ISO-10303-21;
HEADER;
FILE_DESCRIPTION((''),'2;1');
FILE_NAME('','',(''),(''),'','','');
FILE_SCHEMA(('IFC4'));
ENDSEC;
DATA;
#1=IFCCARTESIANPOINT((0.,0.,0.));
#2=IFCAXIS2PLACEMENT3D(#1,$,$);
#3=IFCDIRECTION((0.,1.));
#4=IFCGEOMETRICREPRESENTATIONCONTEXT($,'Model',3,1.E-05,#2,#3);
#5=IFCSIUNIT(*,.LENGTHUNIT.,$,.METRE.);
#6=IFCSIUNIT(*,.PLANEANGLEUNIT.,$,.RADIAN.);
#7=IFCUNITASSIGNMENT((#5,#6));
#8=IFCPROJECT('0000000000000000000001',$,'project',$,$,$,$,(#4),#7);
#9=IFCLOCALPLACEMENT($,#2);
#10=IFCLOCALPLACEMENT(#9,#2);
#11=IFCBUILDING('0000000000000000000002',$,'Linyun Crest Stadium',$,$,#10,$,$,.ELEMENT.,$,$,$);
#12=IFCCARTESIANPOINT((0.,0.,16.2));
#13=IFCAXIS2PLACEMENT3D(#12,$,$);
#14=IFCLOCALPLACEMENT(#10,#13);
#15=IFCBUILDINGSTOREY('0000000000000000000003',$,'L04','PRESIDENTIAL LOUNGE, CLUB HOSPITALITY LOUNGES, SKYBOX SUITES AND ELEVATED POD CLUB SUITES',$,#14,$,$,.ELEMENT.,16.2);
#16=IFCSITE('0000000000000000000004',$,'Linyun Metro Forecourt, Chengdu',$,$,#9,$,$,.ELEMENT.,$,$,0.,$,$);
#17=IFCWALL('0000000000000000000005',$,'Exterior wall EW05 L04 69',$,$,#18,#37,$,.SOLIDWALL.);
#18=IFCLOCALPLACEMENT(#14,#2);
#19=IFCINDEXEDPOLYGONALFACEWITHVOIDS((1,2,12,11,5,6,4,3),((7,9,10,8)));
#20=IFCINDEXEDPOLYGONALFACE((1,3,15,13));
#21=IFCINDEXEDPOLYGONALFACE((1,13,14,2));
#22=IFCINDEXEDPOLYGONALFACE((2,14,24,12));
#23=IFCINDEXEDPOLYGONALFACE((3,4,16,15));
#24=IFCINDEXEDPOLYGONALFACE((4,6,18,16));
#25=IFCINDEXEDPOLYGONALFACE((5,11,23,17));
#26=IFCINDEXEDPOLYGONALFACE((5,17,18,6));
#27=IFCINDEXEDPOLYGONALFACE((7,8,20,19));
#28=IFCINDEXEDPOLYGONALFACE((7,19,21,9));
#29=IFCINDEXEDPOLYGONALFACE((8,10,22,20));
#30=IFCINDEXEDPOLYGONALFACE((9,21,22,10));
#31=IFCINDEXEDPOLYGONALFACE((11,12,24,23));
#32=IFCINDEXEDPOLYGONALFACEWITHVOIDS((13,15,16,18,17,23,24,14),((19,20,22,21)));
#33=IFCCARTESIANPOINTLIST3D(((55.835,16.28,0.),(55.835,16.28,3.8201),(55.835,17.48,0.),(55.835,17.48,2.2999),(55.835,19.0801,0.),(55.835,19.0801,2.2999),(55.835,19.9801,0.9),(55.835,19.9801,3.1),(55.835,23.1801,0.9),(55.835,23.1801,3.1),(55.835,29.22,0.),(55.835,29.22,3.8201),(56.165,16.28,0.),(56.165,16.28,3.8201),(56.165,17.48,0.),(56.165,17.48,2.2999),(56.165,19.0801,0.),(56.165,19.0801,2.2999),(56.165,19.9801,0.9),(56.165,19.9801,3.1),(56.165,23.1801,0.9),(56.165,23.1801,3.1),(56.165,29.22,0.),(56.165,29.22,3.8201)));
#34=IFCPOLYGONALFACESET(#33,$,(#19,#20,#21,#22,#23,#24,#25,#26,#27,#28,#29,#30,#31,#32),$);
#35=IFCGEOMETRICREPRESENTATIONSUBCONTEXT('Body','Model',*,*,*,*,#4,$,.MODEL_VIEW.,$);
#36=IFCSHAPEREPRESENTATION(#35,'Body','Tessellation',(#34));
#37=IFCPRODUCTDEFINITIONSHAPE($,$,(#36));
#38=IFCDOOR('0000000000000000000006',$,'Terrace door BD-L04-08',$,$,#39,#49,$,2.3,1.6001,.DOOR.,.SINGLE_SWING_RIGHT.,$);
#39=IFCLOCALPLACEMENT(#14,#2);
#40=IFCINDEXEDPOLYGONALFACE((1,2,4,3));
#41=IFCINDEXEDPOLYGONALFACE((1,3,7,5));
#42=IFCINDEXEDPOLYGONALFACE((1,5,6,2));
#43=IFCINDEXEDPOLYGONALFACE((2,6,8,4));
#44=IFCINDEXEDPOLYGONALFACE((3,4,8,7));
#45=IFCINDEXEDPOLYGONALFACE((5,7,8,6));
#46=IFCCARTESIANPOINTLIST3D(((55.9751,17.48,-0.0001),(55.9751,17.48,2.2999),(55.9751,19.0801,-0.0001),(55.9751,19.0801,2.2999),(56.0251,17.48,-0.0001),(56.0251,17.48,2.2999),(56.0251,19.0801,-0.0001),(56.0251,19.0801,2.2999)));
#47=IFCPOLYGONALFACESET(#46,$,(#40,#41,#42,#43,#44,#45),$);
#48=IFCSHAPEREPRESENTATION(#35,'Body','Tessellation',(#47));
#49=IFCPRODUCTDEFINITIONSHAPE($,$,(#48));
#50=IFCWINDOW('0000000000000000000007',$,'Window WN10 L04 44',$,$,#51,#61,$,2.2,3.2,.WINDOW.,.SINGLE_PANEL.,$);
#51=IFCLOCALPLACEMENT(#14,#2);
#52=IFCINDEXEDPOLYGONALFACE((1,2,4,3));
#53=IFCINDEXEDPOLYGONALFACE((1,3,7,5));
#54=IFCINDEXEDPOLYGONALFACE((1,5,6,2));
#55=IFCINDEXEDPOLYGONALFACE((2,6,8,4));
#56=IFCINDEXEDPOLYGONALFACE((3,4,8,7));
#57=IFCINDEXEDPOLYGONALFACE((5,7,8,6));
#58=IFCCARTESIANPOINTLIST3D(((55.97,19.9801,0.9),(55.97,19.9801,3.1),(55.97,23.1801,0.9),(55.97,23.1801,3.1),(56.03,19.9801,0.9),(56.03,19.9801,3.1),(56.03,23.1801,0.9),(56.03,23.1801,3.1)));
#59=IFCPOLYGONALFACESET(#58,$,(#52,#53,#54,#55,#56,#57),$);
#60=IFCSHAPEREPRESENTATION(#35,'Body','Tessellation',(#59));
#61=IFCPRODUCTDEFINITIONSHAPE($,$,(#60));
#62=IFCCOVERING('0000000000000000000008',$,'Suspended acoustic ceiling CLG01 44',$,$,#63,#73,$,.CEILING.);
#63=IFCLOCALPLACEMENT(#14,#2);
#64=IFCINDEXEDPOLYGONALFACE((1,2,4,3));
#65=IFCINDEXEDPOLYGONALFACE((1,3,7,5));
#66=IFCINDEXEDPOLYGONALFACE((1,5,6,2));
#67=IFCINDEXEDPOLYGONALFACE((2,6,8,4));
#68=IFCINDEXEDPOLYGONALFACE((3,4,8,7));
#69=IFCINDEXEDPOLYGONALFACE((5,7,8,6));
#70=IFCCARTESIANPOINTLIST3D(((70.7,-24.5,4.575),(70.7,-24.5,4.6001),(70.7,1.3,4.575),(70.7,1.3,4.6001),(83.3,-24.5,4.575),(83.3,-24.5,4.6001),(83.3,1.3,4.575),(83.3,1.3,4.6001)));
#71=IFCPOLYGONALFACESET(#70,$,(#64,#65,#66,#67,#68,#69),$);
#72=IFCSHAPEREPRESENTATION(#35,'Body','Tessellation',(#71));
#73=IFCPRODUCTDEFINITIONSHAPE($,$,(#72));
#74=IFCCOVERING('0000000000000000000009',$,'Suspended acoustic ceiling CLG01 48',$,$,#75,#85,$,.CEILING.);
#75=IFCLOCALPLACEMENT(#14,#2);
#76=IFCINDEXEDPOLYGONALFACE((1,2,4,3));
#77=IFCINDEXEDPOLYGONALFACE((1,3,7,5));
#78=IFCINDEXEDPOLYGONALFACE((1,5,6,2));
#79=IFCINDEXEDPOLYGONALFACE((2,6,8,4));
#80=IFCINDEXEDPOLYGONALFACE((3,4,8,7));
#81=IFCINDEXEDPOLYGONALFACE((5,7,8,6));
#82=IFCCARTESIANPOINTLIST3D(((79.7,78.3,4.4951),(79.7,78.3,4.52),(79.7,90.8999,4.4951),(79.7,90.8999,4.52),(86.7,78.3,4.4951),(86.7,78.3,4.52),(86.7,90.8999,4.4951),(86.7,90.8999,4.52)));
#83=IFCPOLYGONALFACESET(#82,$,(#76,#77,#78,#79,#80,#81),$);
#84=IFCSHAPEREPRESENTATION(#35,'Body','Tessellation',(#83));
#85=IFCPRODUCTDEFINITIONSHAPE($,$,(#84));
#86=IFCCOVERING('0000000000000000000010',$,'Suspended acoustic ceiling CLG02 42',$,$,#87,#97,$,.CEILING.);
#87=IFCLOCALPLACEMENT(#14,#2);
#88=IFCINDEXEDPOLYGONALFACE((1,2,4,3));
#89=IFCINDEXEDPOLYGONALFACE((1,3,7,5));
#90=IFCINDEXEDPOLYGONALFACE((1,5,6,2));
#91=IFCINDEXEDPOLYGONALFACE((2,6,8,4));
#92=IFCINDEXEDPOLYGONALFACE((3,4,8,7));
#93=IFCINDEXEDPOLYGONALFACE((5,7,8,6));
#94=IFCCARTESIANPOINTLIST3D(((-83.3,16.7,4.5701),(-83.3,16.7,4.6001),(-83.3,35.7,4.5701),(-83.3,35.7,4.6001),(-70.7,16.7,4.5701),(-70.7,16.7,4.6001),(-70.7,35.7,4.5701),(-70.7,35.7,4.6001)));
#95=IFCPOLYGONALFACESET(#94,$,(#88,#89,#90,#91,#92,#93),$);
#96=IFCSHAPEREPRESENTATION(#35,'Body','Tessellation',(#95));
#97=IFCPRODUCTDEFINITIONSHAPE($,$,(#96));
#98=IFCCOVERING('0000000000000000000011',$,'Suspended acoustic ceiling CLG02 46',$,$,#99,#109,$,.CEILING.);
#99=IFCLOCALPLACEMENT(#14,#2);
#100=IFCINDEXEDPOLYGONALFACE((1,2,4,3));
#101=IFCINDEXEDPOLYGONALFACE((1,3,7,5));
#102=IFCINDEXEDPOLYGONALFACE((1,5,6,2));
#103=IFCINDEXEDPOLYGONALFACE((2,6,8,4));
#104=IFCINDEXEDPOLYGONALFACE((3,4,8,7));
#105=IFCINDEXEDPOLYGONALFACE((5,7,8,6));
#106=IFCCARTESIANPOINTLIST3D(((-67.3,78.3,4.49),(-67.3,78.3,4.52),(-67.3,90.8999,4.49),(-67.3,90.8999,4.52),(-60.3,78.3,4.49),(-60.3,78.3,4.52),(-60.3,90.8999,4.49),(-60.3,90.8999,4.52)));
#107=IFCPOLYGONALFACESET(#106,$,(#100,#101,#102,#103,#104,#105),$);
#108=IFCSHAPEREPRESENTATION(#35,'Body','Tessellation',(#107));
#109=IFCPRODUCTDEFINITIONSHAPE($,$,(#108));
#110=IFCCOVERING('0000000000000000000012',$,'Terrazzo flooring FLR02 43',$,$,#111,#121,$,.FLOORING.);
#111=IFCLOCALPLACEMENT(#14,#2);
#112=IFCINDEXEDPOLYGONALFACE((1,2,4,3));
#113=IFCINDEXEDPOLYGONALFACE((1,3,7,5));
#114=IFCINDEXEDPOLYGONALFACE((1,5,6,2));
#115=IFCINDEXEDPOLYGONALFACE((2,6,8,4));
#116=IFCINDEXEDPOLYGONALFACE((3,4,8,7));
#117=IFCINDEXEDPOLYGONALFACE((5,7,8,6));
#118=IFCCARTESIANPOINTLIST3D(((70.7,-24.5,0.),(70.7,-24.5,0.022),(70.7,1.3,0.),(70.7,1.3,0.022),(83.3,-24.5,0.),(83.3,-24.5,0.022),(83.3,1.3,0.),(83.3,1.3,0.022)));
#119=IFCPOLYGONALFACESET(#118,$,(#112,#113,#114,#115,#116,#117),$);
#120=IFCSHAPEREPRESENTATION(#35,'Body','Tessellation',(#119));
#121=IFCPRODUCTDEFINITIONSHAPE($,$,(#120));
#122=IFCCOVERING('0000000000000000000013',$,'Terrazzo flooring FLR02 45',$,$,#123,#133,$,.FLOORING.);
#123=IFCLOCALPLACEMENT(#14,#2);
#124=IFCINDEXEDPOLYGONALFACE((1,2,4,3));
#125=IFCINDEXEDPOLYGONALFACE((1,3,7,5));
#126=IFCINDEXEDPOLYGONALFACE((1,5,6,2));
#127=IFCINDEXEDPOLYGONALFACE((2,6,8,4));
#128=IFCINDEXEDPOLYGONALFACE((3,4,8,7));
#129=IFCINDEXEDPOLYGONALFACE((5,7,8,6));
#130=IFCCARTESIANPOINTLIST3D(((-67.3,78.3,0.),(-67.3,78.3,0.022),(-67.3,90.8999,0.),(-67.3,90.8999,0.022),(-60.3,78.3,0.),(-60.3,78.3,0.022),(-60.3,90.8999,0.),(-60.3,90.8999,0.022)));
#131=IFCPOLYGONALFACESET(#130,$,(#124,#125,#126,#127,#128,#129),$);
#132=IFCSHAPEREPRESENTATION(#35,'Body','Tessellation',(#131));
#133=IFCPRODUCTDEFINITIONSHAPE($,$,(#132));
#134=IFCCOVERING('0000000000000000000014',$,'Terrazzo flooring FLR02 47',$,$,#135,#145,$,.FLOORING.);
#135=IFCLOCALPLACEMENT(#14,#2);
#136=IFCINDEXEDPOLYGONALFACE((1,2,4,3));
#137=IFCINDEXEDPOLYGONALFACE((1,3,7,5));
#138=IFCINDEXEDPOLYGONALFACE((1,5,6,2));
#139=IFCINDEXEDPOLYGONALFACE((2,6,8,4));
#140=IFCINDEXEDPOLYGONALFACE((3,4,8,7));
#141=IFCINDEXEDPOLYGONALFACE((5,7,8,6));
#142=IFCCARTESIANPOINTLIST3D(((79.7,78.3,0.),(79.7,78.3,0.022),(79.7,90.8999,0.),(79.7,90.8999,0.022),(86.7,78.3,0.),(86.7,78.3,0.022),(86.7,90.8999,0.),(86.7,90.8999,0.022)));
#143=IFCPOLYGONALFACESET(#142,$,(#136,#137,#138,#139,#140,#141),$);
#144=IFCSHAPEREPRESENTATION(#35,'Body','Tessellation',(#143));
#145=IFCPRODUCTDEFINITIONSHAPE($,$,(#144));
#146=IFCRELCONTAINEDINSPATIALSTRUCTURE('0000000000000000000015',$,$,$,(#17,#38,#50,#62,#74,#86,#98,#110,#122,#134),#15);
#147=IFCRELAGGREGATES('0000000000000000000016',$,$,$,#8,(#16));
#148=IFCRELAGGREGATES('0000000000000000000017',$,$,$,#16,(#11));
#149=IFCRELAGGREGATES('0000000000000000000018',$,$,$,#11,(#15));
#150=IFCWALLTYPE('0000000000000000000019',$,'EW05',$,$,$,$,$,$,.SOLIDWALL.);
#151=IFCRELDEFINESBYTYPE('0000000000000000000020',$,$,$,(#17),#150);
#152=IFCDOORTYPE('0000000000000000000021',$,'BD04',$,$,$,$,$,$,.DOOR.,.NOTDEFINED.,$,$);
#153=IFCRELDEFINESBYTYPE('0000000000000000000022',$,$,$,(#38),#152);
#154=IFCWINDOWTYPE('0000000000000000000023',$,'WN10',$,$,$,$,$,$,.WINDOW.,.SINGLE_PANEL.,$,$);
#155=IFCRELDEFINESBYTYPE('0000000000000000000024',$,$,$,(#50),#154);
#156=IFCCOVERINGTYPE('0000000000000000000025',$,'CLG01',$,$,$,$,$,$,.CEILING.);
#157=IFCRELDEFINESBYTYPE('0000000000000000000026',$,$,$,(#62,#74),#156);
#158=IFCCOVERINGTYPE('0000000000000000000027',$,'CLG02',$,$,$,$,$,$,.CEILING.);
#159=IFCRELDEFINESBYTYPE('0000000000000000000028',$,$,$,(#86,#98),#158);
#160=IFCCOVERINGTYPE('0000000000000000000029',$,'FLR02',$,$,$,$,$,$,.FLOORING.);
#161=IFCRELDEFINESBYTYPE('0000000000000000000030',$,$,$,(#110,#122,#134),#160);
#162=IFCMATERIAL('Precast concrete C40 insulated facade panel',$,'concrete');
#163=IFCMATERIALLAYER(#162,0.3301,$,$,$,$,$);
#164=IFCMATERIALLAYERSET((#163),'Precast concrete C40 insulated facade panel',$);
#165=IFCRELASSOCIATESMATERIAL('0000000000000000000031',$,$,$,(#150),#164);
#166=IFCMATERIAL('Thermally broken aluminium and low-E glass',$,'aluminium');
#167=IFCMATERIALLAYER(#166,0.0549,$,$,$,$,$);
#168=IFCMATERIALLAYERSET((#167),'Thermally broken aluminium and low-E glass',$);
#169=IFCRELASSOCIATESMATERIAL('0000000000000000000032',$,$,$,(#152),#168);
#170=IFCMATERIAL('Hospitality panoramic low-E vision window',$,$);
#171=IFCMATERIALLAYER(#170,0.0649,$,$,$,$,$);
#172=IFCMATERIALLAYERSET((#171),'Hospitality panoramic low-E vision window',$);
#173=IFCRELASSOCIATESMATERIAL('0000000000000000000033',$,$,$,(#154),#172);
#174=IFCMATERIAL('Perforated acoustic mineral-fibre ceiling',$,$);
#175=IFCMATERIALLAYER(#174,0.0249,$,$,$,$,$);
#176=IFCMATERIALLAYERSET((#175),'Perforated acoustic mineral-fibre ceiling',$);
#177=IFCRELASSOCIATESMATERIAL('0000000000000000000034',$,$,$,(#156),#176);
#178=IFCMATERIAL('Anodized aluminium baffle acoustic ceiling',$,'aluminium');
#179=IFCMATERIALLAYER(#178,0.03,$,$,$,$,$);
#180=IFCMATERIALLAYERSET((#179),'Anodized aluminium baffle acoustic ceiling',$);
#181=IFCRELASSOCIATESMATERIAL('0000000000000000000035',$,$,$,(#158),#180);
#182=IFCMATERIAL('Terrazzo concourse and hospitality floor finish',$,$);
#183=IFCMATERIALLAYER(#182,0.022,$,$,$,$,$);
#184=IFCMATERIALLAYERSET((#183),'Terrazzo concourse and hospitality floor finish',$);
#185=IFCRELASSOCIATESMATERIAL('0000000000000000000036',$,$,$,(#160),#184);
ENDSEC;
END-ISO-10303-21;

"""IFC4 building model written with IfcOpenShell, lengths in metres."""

from ifc_helpers import new_model, si_unit, direction, frame, frame_2d, origin, place, context, subcontext, project, spatial, polyline, rectangle, outline, extrude, material, layer, layer_set, type_object, element, fill, save


model = new_model("IFC4")

# Units and contexts
model_context = context("Model", 3, precision=1e-05, world=origin(), true_north=direction((0.0, 1.0)))
body_context = subcontext(model_context, "Body", "Model", "MODEL_VIEW")
ifc_project = project(units=[si_unit("LENGTHUNIT", "METRE"), si_unit("PLANEANGLEUNIT", "RADIAN")], contexts=[model_context])

# Site, building, storey
site_placement = place(None, origin())
site = spatial("IfcSite", under=ifc_project, at=site_placement, Name="Linyun Metro Forecourt, Chengdu", CompositionType="ELEMENT", RefElevation=0.0)
building_placement = place(site_placement, origin())
building = spatial("IfcBuilding", under=site, at=building_placement, Name="Linyun Crest Stadium", CompositionType="ELEMENT")
storey_placement = place(building_placement, frame((0.0, 0.0, 16.2)))
storey = spatial("IfcBuildingStorey", under=building, at=storey_placement, Name="L04", Description="PRESIDENTIAL LOUNGE, CLUB HOSPITALITY LOUNGES, SKYBOX SUITES AND ELEVATED POD CLUB SUITES", CompositionType="ELEMENT", Elevation=16.2)

# Wall, openings, door, window
ifc_material_1 = material(Name="Precast concrete C40 insulated facade panel", Category="concrete")
ifc_layer_1 = layer(ifc_material_1, 0.3301)
ifc_layer_set_1 = layer_set([ifc_layer_1], Name="Precast concrete C40 insulated facade panel")
wall_type = type_object("IfcWallType", Name="EW05", PredefinedType="SOLIDWALL", material=ifc_layer_set_1)
wall_placement = place(storey_placement, frame((56.0, 16.28, 0.0), z_axis=(0.0, 0.0, 1.0), x_axis=(0.0, 1.0, 0.0)))
wall = element("IfcWall", 1, at=wall_placement, inside=storey, type_object=wall_type, Name="Exterior wall EW05 L04 69", PredefinedType="SOLIDWALL", context=body_context, shape_type="SweptSolid", body=[
    extrude(rectangle(XDim=12.9399, YDim=0.3301, at=frame_2d((6.47, 0.0))), origin(), (0.0, 0.0, 1.0), 3.8201),
])
opening_1_placement = place(wall_placement, frame((1.2, 0.0, 0.0)))
opening_1 = element("IfcOpeningElement", 2, at=opening_1_placement, cuts=wall, PredefinedType="OPENING", context=body_context, shape_type="SweptSolid", body=[
    extrude(rectangle(XDim=1.6001, YDim=2.3, at=frame_2d((0.8, 1.1499))), frame((0.0, 0.175, 0.0), z_axis=(0.0, -1.0, 0.0), x_axis=(1.0, 0.0, 0.0)), (0.0, 0.0, 1.0), 0.3501),
])
opening_2_placement = place(wall_placement, frame((3.7, 0.0, 0.8999)))
opening_2 = element("IfcOpeningElement", 3, at=opening_2_placement, cuts=wall, PredefinedType="OPENING", context=body_context, shape_type="SweptSolid", body=[
    extrude(rectangle(XDim=3.2, YDim=2.2, at=frame_2d((1.6001, 1.1001))), frame((0.0, 0.175, 0.0), z_axis=(0.0, -1.0, 0.0), x_axis=(1.0, 0.0, 0.0)), (0.0, 0.0, 1.0), 0.3501),
])
ifc_material_2 = material(Name="Thermally broken aluminium and low-E glass", Category="aluminium")
ifc_layer_2 = layer(ifc_material_2, 0.0549)
ifc_layer_set_2 = layer_set([ifc_layer_2], Name="Thermally broken aluminium and low-E glass")
door_type = type_object("IfcDoorType", Name="BD04", OperationType="NOTDEFINED", PredefinedType="DOOR", material=ifc_layer_set_2)
door_placement = place(opening_1_placement, origin())
door = element("IfcDoor", 4, at=door_placement, inside=storey, type_object=door_type, Name="Terrace door BD-L04-08", OperationType="SINGLE_SWING_RIGHT", OverallHeight=2.3, OverallWidth=1.6001, PredefinedType="DOOR", context=body_context, shape_type="SweptSolid", body=[
    extrude(rectangle(XDim=1.6001, YDim=2.3, at=frame_2d((0.8, 1.1499))), frame((0.0, 0.0249, 0.0), z_axis=(0.0, -1.0, 0.0), x_axis=(1.0, 0.0, 0.0)), (0.0, 0.0, 1.0), 0.05),
])
fill(opening_1, door)
ifc_material_3 = material(Name="Hospitality panoramic low-E vision window")
ifc_layer_3 = layer(ifc_material_3, 0.0649)
ifc_layer_set_3 = layer_set([ifc_layer_3], Name="Hospitality panoramic low-E vision window")
window_type = type_object("IfcWindowType", Name="WN10", PartitioningType="SINGLE_PANEL", PredefinedType="WINDOW", material=ifc_layer_set_3)
window_placement = place(opening_2_placement, origin())
window = element("IfcWindow", 5, at=window_placement, inside=storey, type_object=window_type, Name="Window WN10 L04 44", OverallHeight=2.2, OverallWidth=3.2, PartitioningType="SINGLE_PANEL", PredefinedType="WINDOW", context=body_context, shape_type="SweptSolid", body=[
    extrude(rectangle(XDim=3.2, YDim=2.2, at=frame_2d((1.6001, 1.1001))), frame((0.0, 0.03, 0.0), z_axis=(0.0, -1.0, 0.0), x_axis=(1.0, 0.0, 0.0)), (0.0, 0.0, 1.0), 0.0601),
])
fill(opening_2, window)

# Coverings
ifc_material_4 = material(Name="Perforated acoustic mineral-fibre ceiling")
ifc_layer_4 = layer(ifc_material_4, 0.0249)
ifc_layer_set_4 = layer_set([ifc_layer_4], Name="Perforated acoustic mineral-fibre ceiling")
covering_type_1 = type_object("IfcCoveringType", Name="CLG01", PredefinedType="CEILING", material=ifc_layer_set_4)
covering_1_placement = place(storey_placement, frame((0.0, 0.0, 4.575)))
element("IfcCovering", 6, at=covering_1_placement, inside=storey, type_object=covering_type_1, Name="Suspended acoustic ceiling CLG01 44", PredefinedType="CEILING", context=body_context, shape_type="SweptSolid", body=[
    extrude(outline(polyline([(70.7, -24.5), (83.3, -24.5), (83.3, 1.3), (70.7, 1.3), (70.7, -24.5)])), origin(), (0.0, 0.0, 1.0), 0.0251),
])
covering_2_placement = place(storey_placement, frame((0.0, 0.0, 4.4951)))
element("IfcCovering", 7, at=covering_2_placement, inside=storey, type_object=covering_type_1, Name="Suspended acoustic ceiling CLG01 48", PredefinedType="CEILING", context=body_context, shape_type="SweptSolid", body=[
    extrude(outline(polyline([(79.7, 78.3), (86.7, 78.3), (86.7, 90.8999), (79.7, 90.8999), (79.7, 78.3)])), origin(), (0.0, 0.0, 1.0), 0.0249),
])
ifc_material_5 = material(Name="Anodized aluminium baffle acoustic ceiling", Category="aluminium")
ifc_layer_5 = layer(ifc_material_5, 0.03)
ifc_layer_set_5 = layer_set([ifc_layer_5], Name="Anodized aluminium baffle acoustic ceiling")
covering_type_2 = type_object("IfcCoveringType", Name="CLG02", PredefinedType="CEILING", material=ifc_layer_set_5)
covering_3_placement = place(storey_placement, frame((0.0, 0.0, 4.5701)))
element("IfcCovering", 8, at=covering_3_placement, inside=storey, type_object=covering_type_2, Name="Suspended acoustic ceiling CLG02 42", PredefinedType="CEILING", context=body_context, shape_type="SweptSolid", body=[
    extrude(outline(polyline([(-83.3, 16.7), (-70.7, 16.7), (-70.7, 35.7), (-83.3, 35.7), (-83.3, 16.7)])), origin(), (0.0, 0.0, 1.0), 0.03),
])
covering_4_placement = place(storey_placement, frame((0.0, 0.0, 4.49)))
element("IfcCovering", 9, at=covering_4_placement, inside=storey, type_object=covering_type_2, Name="Suspended acoustic ceiling CLG02 46", PredefinedType="CEILING", context=body_context, shape_type="SweptSolid", body=[
    extrude(outline(polyline([(-67.3, 78.3), (-60.3, 78.3), (-60.3, 90.8999), (-67.3, 90.8999), (-67.3, 78.3)])), origin(), (0.0, 0.0, 1.0), 0.03),
])
ifc_material_6 = material(Name="Terrazzo concourse and hospitality floor finish")
ifc_layer_6 = layer(ifc_material_6, 0.022)
ifc_layer_set_6 = layer_set([ifc_layer_6], Name="Terrazzo concourse and hospitality floor finish")
covering_type_3 = type_object("IfcCoveringType", Name="FLR02", PredefinedType="FLOORING", material=ifc_layer_set_6)
covering_5_placement = place(storey_placement, origin())
element("IfcCovering", 10, at=covering_5_placement, inside=storey, type_object=covering_type_3, Name="Terrazzo flooring FLR02 43", PredefinedType="FLOORING", context=body_context, shape_type="SweptSolid", body=[
    extrude(outline(polyline([(70.7, -24.5), (83.3, -24.5), (83.3, 1.3), (70.7, 1.3), (70.7, -24.5)])), origin(), (0.0, 0.0, 1.0), 0.022),
])
covering_6_placement = place(storey_placement, origin())
element("IfcCovering", 11, at=covering_6_placement, inside=storey, type_object=covering_type_3, Name="Terrazzo flooring FLR02 45", PredefinedType="FLOORING", context=body_context, shape_type="SweptSolid", body=[
    extrude(outline(polyline([(-67.3, 78.3), (-60.3, 78.3), (-60.3, 90.8999), (-67.3, 90.8999), (-67.3, 78.3)])), origin(), (0.0, 0.0, 1.0), 0.022),
])
covering_7_placement = place(storey_placement, origin())
element("IfcCovering", 12, at=covering_7_placement, inside=storey, type_object=covering_type_3, Name="Terrazzo flooring FLR02 47", PredefinedType="FLOORING", context=body_context, shape_type="SweptSolid", body=[
    extrude(outline(polyline([(79.7, 78.3), (86.7, 78.3), (86.7, 90.8999), (79.7, 90.8999), (79.7, 78.3)])), origin(), (0.0, 0.0, 1.0), 0.022),
])

save(model, "model.ifc")
